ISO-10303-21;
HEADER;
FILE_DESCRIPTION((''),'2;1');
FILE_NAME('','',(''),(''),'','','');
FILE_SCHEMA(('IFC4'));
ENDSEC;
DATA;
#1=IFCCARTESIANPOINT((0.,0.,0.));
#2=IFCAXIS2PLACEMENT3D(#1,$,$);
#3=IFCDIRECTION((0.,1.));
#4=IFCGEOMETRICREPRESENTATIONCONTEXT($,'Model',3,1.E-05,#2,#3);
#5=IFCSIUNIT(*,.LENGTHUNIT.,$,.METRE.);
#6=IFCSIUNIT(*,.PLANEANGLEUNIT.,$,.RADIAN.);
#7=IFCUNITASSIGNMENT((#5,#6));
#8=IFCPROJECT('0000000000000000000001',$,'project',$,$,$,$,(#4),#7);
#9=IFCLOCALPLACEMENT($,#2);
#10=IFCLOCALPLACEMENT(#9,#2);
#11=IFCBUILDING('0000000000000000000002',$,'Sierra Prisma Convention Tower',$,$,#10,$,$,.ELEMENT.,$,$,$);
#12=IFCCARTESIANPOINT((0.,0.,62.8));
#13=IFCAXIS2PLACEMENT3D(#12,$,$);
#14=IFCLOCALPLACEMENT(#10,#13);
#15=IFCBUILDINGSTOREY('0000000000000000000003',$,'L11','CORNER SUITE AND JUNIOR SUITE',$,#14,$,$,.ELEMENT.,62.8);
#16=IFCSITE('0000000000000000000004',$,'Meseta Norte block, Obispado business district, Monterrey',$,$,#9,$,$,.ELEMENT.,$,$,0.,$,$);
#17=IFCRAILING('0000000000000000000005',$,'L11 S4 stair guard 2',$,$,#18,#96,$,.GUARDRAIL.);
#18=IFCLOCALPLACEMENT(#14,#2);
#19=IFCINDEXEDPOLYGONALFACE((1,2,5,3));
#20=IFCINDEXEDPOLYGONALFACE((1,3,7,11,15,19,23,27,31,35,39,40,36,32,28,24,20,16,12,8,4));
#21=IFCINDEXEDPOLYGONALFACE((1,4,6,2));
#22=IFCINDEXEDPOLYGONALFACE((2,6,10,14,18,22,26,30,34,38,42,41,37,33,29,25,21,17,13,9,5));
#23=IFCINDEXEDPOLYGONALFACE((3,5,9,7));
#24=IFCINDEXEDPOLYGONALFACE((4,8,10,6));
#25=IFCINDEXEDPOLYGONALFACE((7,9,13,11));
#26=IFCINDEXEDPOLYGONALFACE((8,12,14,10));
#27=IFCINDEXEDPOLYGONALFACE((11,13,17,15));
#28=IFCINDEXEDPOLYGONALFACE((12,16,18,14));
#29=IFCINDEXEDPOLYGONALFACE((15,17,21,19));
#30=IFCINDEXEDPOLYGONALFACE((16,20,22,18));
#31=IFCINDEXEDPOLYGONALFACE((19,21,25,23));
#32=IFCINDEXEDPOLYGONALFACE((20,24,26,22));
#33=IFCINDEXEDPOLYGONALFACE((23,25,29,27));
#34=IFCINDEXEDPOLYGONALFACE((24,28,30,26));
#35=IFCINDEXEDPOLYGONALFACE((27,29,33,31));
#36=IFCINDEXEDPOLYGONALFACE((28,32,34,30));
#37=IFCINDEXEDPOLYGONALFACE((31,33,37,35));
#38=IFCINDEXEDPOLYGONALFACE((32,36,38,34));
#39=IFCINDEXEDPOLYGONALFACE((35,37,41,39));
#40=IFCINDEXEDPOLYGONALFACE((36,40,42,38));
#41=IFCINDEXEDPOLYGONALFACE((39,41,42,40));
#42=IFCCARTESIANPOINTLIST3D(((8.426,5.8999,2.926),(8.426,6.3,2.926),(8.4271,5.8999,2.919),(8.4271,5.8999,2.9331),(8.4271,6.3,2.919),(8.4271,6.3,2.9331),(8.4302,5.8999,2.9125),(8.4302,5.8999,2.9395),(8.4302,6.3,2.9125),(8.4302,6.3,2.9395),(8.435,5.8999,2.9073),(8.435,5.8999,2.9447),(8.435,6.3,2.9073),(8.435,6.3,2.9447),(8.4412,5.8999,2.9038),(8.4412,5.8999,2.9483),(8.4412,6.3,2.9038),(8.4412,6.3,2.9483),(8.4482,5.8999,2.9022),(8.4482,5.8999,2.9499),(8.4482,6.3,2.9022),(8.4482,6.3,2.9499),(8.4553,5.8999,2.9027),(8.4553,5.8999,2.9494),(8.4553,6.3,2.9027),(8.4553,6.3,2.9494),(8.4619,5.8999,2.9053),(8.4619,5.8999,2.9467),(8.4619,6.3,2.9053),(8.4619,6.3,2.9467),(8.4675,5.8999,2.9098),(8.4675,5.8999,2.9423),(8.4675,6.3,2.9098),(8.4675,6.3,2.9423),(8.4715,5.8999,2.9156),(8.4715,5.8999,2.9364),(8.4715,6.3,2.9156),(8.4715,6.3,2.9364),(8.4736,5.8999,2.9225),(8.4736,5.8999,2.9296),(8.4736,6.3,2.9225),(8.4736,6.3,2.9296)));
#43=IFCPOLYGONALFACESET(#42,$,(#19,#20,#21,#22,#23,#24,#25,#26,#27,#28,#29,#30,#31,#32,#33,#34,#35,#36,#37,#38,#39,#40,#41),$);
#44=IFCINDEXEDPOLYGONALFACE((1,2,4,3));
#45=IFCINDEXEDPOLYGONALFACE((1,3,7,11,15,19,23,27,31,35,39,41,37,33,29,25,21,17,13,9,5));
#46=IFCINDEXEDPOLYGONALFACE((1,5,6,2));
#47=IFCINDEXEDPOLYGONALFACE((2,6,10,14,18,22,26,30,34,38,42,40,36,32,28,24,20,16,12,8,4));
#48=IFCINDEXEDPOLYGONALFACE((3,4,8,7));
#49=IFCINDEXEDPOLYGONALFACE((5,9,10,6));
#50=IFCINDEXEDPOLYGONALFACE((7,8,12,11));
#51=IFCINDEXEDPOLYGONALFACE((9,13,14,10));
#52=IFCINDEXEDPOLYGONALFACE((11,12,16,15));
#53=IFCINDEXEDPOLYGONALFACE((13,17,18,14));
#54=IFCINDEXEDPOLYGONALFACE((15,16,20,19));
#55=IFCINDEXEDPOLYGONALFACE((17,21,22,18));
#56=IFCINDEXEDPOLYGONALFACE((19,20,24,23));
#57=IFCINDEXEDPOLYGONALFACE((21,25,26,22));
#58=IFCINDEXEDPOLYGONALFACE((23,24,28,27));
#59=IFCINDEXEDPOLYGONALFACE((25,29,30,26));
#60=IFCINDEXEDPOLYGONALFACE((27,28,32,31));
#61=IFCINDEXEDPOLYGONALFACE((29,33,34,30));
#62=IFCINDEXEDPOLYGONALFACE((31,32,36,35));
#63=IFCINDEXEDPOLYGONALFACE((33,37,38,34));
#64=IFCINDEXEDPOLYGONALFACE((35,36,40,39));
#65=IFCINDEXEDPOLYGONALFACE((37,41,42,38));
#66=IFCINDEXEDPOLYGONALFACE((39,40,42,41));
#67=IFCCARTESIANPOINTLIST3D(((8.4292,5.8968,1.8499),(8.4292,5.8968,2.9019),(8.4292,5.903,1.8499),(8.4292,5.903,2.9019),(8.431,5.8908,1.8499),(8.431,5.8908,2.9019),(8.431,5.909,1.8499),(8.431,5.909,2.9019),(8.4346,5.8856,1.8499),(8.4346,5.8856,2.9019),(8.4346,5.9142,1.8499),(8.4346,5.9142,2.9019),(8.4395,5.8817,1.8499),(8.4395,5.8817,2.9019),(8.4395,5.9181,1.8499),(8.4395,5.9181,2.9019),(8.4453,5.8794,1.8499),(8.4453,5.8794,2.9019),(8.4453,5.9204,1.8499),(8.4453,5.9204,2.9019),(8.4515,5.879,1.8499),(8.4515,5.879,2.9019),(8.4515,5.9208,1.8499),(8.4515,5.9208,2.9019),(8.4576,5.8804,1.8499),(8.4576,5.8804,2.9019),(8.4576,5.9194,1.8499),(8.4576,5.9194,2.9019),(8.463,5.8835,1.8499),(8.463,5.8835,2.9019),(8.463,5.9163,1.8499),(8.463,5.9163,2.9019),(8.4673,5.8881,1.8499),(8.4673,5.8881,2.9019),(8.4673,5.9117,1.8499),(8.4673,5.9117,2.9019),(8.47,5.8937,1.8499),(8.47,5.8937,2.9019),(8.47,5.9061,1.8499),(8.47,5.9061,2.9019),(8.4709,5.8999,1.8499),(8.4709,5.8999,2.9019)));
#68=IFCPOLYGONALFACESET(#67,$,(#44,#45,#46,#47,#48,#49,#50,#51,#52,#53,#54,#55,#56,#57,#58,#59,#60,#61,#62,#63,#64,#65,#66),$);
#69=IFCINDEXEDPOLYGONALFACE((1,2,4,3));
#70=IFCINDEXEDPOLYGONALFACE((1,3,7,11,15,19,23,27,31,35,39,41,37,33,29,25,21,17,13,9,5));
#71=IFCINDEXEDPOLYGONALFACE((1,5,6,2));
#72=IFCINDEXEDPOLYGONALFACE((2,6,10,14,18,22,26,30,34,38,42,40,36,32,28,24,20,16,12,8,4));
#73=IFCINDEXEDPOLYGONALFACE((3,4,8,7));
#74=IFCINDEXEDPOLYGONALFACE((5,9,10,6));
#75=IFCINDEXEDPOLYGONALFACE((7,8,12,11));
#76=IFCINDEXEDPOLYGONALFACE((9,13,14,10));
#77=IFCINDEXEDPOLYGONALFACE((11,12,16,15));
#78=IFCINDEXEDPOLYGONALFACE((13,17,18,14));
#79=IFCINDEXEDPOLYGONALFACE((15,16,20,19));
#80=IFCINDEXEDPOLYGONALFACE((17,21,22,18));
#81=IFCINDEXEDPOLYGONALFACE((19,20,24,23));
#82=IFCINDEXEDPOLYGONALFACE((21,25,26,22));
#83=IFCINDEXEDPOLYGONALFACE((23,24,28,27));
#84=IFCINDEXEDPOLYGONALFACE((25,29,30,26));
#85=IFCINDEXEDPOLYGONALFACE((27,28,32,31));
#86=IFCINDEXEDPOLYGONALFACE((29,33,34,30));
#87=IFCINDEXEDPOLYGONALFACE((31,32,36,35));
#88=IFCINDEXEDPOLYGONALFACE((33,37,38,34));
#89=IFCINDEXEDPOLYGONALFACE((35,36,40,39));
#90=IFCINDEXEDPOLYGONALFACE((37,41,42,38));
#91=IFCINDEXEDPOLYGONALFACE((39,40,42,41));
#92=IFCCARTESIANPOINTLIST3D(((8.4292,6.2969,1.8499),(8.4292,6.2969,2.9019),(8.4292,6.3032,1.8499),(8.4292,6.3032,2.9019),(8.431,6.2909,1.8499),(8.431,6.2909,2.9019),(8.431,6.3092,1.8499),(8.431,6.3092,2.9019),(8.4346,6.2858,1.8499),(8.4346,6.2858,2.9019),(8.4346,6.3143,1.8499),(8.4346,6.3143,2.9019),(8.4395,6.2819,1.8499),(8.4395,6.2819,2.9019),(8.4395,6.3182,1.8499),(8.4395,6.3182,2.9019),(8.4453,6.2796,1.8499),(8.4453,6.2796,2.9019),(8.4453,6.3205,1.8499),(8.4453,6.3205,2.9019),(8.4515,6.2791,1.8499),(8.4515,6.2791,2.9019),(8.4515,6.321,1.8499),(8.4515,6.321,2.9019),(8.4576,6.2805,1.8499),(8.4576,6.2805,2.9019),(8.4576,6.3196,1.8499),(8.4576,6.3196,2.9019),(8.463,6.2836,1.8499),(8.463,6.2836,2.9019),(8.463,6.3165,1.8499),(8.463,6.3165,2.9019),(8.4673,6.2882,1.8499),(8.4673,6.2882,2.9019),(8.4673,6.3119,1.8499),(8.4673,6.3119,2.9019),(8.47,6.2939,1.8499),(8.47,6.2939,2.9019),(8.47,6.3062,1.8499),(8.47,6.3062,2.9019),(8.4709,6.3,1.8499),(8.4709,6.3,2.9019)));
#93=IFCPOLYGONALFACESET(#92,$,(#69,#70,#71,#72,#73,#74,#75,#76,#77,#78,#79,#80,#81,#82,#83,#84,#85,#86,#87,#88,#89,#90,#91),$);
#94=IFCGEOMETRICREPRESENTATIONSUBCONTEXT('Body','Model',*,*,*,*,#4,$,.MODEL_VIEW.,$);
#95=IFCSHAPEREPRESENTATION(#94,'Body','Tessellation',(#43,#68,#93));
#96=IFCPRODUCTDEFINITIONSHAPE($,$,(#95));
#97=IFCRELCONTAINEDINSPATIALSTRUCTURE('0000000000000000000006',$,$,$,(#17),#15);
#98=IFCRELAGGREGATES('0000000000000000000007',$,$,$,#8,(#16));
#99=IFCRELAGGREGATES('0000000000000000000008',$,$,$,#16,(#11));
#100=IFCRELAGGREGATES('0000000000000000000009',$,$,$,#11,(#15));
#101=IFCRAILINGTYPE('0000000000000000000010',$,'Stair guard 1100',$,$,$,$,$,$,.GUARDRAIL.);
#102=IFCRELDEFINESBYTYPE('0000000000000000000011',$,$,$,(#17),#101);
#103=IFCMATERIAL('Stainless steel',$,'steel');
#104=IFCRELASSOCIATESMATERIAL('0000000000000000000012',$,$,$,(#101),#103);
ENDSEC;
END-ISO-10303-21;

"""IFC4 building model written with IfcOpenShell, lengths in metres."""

from ifc_helpers import new_model, si_unit, direction, frame, origin, origin_2d, place, context, subcontext, project, spatial, circle, extrude, material, type_object, element, save


model = new_model("IFC4")

# Units and contexts
model_context = context("Model", 3, precision=1e-05, world=origin(), true_north=direction((0.0, 1.0)))
body_context = subcontext(model_context, "Body", "Model", "MODEL_VIEW")
ifc_project = project(units=[si_unit("LENGTHUNIT", "METRE"), si_unit("PLANEANGLEUNIT", "RADIAN")], contexts=[model_context])

# Site, building, storey
site_placement = place(None, origin())
site = spatial("IfcSite", under=ifc_project, at=site_placement, Name="Meseta Norte block, Obispado business district, Monterrey", CompositionType="ELEMENT", RefElevation=0.0)
building_placement = place(site_placement, origin())
building = spatial("IfcBuilding", under=site, at=building_placement, Name="Sierra Prisma Convention Tower", CompositionType="ELEMENT")
storey_placement = place(building_placement, frame((0.0, 0.0, 62.8)))
storey = spatial("IfcBuildingStorey", under=building, at=storey_placement, Name="L11", Description="CORNER SUITE AND JUNIOR SUITE", CompositionType="ELEMENT", Elevation=62.8)

# Railing
ifc_material_1 = material(Name="Stainless steel", Category="steel")
railing_type_1 = type_object("IfcRailingType", Name="Stair guard 1100", PredefinedType="GUARDRAIL", material=ifc_material_1)
railing_1_placement = place(storey_placement, frame((8.45, 5.8999, 1.8499)))
element("IfcRailing", 1, at=railing_1_placement, inside=storey, type_object=railing_type_1, Name="L11 S4 stair guard 2", PredefinedType="GUARDRAIL", context=body_context, shape_type="SweptSolid", body=[
    extrude(circle(Radius=0.0239, at=origin_2d()), frame((0.0, 0.0, 1.0762), z_axis=(0.0, 1.0, 0.0), x_axis=(-1.0, 0.0, 0.0)), (0.0, 0.0, 1.0), 0.4001),
    extrude(circle(Radius=0.021, at=origin_2d()), origin(), (0.0, 0.0, 1.0), 1.052),
    extrude(circle(Radius=0.021, at=origin_2d()), frame((0.0, 0.4001, 0.0)), (0.0, 0.0, 1.0), 1.052),
])

save(model, "model.ifc")
